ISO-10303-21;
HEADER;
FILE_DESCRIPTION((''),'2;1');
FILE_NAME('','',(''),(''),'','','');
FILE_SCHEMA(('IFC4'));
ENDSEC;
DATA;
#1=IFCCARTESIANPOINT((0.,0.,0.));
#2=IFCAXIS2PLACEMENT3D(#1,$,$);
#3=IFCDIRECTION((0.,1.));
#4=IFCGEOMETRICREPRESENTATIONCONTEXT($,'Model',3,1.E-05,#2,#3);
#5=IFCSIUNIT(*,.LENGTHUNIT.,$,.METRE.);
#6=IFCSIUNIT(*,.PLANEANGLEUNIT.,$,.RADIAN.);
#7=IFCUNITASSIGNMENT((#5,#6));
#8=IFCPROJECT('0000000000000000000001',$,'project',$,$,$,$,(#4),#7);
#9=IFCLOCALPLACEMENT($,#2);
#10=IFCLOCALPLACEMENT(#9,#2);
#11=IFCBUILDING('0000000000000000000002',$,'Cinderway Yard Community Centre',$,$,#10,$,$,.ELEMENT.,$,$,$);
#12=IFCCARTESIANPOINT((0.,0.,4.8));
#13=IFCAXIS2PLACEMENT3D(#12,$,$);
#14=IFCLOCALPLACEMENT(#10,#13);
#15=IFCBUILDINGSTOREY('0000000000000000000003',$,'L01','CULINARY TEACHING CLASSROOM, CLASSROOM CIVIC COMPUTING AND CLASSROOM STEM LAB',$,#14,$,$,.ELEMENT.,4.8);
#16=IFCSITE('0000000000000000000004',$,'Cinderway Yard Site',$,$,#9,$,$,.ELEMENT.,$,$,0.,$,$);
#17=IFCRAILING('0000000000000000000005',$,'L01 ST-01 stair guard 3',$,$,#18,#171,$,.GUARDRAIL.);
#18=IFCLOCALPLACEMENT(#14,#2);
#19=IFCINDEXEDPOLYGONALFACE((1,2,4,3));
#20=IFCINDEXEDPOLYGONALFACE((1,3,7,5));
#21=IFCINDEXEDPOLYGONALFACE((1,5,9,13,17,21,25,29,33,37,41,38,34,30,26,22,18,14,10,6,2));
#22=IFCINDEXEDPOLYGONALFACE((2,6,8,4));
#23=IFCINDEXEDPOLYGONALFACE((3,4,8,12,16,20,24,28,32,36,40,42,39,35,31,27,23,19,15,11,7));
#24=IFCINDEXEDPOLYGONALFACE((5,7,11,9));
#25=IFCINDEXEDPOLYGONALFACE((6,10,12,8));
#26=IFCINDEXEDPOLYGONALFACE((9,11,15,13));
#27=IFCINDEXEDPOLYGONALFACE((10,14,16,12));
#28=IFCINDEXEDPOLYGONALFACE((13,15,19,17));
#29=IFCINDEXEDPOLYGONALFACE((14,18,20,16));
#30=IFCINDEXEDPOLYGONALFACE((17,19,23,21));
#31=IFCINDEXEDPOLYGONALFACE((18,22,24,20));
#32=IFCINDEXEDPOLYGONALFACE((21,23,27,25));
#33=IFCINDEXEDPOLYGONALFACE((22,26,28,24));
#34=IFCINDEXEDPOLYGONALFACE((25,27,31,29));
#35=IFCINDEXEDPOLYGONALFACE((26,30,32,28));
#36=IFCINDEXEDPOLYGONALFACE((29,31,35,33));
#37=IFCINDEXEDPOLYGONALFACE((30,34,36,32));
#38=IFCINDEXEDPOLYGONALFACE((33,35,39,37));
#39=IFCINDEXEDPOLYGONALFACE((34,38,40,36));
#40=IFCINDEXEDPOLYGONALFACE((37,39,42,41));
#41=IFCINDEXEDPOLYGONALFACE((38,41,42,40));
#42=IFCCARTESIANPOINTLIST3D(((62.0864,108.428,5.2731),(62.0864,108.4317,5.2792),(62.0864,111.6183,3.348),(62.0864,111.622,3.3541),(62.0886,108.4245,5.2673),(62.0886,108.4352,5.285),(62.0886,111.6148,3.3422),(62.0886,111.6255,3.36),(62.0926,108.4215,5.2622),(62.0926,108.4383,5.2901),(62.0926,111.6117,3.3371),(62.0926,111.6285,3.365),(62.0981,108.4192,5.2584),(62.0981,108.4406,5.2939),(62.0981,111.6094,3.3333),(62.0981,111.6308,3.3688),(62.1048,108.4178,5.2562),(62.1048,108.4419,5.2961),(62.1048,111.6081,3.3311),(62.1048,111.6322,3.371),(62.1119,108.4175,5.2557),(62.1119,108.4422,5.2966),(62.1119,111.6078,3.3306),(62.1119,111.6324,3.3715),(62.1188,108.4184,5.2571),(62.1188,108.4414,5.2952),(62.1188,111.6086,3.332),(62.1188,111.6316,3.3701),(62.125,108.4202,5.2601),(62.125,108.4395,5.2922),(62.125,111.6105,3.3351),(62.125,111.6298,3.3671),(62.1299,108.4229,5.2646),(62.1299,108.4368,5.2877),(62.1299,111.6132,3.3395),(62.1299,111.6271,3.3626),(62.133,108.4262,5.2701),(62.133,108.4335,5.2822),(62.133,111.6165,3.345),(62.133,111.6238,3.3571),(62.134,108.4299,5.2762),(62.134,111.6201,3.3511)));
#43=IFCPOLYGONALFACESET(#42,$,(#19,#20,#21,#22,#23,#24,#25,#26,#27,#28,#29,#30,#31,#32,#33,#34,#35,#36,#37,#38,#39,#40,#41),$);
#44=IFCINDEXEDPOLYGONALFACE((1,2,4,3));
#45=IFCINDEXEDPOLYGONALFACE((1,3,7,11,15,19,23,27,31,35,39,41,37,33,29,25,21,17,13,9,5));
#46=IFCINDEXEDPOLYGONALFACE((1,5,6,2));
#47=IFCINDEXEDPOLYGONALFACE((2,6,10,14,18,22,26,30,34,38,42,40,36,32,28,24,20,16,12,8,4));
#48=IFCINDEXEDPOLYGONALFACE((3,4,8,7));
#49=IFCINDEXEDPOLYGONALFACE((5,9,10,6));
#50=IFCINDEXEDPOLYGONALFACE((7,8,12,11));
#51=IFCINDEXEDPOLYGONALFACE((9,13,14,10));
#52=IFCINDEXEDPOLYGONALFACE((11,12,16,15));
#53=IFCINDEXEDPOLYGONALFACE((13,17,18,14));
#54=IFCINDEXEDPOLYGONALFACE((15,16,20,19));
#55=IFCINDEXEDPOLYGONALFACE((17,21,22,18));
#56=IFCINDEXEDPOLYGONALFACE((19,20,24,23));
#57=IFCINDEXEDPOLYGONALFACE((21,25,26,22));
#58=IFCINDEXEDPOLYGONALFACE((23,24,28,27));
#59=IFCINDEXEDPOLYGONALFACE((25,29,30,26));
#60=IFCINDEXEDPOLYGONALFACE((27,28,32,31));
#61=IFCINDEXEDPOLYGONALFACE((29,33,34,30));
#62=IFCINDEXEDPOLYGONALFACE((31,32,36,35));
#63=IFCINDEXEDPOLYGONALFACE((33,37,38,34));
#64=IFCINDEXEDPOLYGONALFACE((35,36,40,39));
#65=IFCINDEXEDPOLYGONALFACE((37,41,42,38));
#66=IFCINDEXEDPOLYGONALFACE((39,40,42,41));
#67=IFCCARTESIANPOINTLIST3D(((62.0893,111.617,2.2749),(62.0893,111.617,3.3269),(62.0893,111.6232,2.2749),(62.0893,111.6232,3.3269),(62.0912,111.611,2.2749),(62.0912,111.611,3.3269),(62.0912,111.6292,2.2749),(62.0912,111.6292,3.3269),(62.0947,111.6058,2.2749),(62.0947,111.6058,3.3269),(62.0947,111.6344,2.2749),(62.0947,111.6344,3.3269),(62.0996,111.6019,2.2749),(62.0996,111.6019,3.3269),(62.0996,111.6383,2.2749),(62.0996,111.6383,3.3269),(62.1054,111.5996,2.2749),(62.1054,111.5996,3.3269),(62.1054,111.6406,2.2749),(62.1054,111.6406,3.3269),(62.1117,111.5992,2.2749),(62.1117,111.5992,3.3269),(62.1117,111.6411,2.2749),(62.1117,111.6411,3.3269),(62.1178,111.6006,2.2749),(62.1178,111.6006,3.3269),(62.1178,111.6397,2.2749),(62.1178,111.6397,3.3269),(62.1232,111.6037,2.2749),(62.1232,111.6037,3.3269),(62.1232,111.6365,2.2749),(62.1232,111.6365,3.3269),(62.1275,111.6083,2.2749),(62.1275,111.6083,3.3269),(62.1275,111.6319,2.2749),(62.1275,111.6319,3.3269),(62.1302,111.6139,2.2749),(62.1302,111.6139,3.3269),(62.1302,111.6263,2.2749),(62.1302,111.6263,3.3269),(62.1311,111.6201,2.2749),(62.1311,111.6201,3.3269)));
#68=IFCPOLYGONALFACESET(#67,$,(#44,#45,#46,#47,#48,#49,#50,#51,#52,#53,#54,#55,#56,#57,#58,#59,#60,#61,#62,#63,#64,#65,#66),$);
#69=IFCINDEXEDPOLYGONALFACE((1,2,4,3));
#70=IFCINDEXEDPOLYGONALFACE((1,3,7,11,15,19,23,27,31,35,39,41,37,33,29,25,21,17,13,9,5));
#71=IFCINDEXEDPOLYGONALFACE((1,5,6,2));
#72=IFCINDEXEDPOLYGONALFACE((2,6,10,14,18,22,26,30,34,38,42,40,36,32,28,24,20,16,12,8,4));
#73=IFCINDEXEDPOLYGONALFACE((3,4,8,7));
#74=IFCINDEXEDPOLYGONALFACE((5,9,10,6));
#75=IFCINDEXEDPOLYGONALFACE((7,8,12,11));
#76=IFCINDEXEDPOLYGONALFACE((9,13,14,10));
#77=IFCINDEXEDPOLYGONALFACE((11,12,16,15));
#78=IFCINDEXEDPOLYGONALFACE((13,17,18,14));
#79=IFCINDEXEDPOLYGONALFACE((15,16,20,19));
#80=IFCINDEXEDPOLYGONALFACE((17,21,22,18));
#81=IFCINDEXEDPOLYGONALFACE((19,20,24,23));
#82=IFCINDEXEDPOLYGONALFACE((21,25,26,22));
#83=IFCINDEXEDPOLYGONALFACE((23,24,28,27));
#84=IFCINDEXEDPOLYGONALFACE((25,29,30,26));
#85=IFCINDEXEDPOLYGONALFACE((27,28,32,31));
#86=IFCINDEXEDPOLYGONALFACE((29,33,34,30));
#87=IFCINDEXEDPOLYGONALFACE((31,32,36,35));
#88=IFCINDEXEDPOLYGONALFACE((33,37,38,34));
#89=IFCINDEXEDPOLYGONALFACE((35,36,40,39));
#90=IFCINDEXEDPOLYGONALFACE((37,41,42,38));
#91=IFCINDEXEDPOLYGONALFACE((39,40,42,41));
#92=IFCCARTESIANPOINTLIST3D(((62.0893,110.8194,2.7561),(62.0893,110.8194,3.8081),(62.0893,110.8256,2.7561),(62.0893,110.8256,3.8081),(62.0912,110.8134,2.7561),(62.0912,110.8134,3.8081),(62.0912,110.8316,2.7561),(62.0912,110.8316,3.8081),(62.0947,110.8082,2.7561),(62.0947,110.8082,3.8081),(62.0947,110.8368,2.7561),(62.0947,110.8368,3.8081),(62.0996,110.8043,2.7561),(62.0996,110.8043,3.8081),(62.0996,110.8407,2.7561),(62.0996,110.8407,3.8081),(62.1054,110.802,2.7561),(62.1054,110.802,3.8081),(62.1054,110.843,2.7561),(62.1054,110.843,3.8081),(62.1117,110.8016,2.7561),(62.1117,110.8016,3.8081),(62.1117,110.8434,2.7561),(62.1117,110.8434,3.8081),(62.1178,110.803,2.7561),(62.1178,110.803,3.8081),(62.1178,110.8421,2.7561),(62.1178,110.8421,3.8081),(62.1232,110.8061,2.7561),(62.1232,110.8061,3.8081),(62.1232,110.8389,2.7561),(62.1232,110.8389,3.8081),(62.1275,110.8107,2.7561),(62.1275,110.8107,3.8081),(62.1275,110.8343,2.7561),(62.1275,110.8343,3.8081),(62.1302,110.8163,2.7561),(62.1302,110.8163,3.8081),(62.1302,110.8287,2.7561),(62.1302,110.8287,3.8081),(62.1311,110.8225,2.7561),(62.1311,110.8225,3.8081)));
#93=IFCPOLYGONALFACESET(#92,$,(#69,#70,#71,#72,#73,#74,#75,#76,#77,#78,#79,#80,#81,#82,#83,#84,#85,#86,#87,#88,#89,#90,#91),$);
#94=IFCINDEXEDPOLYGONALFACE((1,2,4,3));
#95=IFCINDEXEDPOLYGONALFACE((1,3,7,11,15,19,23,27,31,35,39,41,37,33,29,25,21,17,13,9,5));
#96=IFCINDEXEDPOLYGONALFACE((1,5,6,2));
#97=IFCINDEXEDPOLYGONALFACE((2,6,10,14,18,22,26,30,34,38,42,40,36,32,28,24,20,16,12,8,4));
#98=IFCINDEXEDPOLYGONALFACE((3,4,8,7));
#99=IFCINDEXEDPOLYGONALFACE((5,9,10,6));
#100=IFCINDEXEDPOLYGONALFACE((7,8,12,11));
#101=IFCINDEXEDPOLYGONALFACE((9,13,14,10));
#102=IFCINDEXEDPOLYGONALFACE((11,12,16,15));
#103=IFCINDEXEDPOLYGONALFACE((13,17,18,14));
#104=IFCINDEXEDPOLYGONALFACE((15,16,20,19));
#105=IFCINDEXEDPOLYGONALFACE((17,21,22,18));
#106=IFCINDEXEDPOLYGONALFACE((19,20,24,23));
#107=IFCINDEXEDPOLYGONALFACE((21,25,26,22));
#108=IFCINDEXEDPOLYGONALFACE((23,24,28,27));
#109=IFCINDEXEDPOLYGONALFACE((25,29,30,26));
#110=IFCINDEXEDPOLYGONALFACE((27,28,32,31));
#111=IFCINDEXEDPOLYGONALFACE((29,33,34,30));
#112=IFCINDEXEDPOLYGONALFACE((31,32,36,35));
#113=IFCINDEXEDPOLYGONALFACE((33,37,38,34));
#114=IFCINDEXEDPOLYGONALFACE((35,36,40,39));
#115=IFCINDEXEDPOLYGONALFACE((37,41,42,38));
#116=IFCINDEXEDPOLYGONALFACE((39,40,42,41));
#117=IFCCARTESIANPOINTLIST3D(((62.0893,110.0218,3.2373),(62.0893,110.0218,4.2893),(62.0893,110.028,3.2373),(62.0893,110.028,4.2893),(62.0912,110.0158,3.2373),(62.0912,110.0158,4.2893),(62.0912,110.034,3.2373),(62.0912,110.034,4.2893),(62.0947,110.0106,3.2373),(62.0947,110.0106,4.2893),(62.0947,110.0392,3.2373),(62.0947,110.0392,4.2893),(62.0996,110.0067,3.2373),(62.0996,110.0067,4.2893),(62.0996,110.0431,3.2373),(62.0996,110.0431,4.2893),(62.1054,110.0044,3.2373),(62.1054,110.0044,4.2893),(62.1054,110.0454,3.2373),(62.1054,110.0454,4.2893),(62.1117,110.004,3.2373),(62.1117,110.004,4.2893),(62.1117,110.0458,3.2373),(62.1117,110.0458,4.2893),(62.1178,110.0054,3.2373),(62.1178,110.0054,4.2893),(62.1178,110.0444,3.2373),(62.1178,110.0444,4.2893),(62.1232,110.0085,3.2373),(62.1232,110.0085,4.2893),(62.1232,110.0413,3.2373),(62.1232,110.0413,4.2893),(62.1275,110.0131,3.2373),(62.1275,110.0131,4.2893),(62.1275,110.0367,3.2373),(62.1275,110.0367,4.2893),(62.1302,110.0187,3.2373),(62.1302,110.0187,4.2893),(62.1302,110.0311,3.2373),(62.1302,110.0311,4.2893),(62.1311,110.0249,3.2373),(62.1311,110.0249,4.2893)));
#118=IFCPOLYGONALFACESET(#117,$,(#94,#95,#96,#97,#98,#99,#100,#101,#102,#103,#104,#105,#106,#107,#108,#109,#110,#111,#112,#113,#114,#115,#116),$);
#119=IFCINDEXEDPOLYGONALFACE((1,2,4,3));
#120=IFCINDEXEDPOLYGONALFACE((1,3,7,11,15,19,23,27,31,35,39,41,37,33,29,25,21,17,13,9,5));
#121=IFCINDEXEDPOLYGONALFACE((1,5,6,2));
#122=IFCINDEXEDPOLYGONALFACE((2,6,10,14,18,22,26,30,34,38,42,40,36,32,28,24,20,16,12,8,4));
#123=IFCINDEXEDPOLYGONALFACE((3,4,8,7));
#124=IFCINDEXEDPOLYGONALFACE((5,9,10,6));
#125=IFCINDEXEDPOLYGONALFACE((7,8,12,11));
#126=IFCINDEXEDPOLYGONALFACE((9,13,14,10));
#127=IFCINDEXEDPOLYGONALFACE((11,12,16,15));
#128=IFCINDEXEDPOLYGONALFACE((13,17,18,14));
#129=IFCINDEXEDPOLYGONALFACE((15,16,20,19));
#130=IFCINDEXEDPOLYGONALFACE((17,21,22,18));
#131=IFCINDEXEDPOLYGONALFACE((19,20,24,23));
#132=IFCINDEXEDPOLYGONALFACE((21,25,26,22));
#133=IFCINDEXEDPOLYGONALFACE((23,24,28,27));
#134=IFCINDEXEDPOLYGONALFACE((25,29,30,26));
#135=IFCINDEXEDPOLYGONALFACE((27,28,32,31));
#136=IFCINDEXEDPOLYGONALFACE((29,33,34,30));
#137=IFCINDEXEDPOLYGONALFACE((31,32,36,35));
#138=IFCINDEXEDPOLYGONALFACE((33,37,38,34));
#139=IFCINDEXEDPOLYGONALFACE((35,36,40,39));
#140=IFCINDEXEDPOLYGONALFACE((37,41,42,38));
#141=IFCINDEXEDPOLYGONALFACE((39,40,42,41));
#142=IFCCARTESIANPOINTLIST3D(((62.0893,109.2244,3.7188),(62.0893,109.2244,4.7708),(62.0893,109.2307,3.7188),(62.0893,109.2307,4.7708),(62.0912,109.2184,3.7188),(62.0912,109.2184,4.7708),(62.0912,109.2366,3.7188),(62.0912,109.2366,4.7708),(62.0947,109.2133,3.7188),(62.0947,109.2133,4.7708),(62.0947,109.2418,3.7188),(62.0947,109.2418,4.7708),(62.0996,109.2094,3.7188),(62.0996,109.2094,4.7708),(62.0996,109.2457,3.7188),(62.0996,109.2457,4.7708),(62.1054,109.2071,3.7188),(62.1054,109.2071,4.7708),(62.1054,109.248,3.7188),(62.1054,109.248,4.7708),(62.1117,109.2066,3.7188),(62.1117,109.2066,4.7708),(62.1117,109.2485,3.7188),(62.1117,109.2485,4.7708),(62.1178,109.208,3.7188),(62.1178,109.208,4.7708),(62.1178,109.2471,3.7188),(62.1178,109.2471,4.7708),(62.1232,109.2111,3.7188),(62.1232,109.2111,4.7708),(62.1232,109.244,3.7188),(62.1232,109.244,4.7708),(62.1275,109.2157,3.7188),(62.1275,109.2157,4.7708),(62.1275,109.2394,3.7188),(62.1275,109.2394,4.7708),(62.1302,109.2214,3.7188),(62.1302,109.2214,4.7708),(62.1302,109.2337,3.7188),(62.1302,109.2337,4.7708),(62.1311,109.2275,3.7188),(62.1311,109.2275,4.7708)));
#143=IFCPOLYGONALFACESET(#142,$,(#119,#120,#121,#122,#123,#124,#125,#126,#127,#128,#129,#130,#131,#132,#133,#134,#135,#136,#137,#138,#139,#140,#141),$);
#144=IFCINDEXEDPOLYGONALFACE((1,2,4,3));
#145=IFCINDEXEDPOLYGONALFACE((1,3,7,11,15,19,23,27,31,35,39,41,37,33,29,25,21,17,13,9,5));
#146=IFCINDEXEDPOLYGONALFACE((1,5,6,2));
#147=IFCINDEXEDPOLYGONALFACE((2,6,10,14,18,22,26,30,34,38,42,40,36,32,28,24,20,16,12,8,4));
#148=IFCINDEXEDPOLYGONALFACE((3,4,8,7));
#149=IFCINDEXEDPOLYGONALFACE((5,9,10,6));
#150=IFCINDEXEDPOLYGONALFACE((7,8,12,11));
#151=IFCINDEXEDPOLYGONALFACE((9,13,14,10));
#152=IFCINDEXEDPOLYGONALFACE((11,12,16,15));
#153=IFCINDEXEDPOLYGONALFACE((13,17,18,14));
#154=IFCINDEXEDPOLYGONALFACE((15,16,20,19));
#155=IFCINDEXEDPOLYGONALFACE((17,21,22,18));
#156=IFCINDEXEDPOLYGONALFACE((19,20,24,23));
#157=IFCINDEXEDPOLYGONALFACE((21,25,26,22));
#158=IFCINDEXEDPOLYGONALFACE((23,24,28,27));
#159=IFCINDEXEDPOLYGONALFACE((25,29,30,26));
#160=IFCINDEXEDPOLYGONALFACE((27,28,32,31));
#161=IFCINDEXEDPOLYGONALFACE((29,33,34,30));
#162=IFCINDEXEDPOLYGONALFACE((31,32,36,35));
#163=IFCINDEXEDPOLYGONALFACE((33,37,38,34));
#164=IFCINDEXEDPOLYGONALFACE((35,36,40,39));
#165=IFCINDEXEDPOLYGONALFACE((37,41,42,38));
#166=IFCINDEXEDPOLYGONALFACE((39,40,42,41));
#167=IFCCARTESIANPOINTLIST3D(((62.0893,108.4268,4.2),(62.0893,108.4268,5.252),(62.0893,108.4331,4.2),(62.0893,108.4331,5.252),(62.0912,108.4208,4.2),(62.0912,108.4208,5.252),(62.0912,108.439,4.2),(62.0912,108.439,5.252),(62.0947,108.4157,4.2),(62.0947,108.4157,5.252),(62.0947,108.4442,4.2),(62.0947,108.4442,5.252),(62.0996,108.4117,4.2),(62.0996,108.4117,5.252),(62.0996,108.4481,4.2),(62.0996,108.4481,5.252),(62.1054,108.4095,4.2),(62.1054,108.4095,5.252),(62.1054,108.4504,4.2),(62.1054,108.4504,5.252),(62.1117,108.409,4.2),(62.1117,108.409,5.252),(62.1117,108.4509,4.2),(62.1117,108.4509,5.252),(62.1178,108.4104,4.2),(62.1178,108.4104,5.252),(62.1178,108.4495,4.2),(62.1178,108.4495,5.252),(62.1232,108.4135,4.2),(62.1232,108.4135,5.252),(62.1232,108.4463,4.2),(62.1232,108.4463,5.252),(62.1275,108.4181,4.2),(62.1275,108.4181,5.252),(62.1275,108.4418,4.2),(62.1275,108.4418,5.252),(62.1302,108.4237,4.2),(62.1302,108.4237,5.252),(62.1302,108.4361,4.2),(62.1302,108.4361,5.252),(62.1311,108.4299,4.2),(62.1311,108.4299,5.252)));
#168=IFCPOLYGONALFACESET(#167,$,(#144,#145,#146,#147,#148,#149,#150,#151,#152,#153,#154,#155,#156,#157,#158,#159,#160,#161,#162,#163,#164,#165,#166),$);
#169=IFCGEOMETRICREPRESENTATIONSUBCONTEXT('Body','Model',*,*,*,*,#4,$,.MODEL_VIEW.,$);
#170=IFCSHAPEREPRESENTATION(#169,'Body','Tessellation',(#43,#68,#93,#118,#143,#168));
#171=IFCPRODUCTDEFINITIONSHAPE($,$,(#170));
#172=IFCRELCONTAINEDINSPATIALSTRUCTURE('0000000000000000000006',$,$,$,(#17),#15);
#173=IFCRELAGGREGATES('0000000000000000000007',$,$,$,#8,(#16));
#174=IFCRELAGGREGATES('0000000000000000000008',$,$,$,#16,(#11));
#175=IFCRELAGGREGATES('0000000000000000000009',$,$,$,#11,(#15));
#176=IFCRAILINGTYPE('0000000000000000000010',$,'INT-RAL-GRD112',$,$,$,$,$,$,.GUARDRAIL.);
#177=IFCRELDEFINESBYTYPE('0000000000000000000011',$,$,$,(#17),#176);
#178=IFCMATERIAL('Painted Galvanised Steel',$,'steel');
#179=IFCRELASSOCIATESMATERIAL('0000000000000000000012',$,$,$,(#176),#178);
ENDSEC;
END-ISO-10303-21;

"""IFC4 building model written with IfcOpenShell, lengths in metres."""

from ifc_helpers import new_model, si_unit, direction, frame, origin, origin_2d, place, context, subcontext, project, spatial, circle, extrude, material, type_object, element, save


model = new_model("IFC4")

# Units and contexts
model_context = context("Model", 3, precision=1e-05, world=origin(), true_north=direction((0.0, 1.0)))
body_context = subcontext(model_context, "Body", "Model", "MODEL_VIEW")
ifc_project = project(units=[si_unit("LENGTHUNIT", "METRE"), si_unit("PLANEANGLEUNIT", "RADIAN")], contexts=[model_context])

# Site, building, storey
site_placement = place(None, origin())
site = spatial("IfcSite", under=ifc_project, at=site_placement, Name="Cinderway Yard Site", CompositionType="ELEMENT", RefElevation=0.0)
building_placement = place(site_placement, origin())
building = spatial("IfcBuilding", under=site, at=building_placement, Name="Cinderway Yard Community Centre", CompositionType="ELEMENT")
storey_placement = place(building_placement, frame((0.0, 0.0, 4.8)))
storey = spatial("IfcBuildingStorey", under=building, at=storey_placement, Name="L01", Description="CULINARY TEACHING CLASSROOM, CLASSROOM CIVIC COMPUTING AND CLASSROOM STEM LAB", CompositionType="ELEMENT", Elevation=4.8)

# Shared definitions
ifc_material_1 = material(Name="Painted Galvanised Steel", Category="steel")

# Railing
railing_type_1 = type_object("IfcRailingType", Name="INT-RAL-GRD112", PredefinedType="GUARDRAIL", material=ifc_material_1)
railing_1_placement = place(storey_placement, frame((62.1101, 111.6201, 2.2749)))
element("IfcRailing", 1, at=railing_1_placement, inside=storey, type_object=railing_type_1, Name="L01 ST-01 stair guard 3", PredefinedType="GUARDRAIL", context=body_context, shape_type="SweptSolid", body=[
    extrude(circle(Radius=0.0239, at=origin_2d()), frame((0.0, 0.0, 1.0762), z_axis=(0.0, -0.856195, 0.516653), x_axis=(1.0, 0.0, 0.0)), (0.0, 0.0, 1.0), 3.7261),
    extrude(circle(Radius=0.021, at=origin_2d()), origin(), (0.0, 0.0, 1.0), 1.052),
    extrude(circle(Radius=0.021, at=origin_2d()), frame((0.0, -0.7976, 0.4812)), (0.0, 0.0, 1.0), 1.052),
    extrude(circle(Radius=0.021, at=origin_2d()), frame((0.0, -1.5952, 0.9624)), (0.0, 0.0, 1.0), 1.052),
    extrude(circle(Radius=0.021, at=origin_2d()), frame((0.0, -2.3926, 1.4438)), (0.0, 0.0, 1.0), 1.052),
    extrude(circle(Radius=0.021, at=origin_2d()), frame((0.0, -3.1902, 1.925)), (0.0, 0.0, 1.0), 1.052),
])

save(model, "model.ifc")
